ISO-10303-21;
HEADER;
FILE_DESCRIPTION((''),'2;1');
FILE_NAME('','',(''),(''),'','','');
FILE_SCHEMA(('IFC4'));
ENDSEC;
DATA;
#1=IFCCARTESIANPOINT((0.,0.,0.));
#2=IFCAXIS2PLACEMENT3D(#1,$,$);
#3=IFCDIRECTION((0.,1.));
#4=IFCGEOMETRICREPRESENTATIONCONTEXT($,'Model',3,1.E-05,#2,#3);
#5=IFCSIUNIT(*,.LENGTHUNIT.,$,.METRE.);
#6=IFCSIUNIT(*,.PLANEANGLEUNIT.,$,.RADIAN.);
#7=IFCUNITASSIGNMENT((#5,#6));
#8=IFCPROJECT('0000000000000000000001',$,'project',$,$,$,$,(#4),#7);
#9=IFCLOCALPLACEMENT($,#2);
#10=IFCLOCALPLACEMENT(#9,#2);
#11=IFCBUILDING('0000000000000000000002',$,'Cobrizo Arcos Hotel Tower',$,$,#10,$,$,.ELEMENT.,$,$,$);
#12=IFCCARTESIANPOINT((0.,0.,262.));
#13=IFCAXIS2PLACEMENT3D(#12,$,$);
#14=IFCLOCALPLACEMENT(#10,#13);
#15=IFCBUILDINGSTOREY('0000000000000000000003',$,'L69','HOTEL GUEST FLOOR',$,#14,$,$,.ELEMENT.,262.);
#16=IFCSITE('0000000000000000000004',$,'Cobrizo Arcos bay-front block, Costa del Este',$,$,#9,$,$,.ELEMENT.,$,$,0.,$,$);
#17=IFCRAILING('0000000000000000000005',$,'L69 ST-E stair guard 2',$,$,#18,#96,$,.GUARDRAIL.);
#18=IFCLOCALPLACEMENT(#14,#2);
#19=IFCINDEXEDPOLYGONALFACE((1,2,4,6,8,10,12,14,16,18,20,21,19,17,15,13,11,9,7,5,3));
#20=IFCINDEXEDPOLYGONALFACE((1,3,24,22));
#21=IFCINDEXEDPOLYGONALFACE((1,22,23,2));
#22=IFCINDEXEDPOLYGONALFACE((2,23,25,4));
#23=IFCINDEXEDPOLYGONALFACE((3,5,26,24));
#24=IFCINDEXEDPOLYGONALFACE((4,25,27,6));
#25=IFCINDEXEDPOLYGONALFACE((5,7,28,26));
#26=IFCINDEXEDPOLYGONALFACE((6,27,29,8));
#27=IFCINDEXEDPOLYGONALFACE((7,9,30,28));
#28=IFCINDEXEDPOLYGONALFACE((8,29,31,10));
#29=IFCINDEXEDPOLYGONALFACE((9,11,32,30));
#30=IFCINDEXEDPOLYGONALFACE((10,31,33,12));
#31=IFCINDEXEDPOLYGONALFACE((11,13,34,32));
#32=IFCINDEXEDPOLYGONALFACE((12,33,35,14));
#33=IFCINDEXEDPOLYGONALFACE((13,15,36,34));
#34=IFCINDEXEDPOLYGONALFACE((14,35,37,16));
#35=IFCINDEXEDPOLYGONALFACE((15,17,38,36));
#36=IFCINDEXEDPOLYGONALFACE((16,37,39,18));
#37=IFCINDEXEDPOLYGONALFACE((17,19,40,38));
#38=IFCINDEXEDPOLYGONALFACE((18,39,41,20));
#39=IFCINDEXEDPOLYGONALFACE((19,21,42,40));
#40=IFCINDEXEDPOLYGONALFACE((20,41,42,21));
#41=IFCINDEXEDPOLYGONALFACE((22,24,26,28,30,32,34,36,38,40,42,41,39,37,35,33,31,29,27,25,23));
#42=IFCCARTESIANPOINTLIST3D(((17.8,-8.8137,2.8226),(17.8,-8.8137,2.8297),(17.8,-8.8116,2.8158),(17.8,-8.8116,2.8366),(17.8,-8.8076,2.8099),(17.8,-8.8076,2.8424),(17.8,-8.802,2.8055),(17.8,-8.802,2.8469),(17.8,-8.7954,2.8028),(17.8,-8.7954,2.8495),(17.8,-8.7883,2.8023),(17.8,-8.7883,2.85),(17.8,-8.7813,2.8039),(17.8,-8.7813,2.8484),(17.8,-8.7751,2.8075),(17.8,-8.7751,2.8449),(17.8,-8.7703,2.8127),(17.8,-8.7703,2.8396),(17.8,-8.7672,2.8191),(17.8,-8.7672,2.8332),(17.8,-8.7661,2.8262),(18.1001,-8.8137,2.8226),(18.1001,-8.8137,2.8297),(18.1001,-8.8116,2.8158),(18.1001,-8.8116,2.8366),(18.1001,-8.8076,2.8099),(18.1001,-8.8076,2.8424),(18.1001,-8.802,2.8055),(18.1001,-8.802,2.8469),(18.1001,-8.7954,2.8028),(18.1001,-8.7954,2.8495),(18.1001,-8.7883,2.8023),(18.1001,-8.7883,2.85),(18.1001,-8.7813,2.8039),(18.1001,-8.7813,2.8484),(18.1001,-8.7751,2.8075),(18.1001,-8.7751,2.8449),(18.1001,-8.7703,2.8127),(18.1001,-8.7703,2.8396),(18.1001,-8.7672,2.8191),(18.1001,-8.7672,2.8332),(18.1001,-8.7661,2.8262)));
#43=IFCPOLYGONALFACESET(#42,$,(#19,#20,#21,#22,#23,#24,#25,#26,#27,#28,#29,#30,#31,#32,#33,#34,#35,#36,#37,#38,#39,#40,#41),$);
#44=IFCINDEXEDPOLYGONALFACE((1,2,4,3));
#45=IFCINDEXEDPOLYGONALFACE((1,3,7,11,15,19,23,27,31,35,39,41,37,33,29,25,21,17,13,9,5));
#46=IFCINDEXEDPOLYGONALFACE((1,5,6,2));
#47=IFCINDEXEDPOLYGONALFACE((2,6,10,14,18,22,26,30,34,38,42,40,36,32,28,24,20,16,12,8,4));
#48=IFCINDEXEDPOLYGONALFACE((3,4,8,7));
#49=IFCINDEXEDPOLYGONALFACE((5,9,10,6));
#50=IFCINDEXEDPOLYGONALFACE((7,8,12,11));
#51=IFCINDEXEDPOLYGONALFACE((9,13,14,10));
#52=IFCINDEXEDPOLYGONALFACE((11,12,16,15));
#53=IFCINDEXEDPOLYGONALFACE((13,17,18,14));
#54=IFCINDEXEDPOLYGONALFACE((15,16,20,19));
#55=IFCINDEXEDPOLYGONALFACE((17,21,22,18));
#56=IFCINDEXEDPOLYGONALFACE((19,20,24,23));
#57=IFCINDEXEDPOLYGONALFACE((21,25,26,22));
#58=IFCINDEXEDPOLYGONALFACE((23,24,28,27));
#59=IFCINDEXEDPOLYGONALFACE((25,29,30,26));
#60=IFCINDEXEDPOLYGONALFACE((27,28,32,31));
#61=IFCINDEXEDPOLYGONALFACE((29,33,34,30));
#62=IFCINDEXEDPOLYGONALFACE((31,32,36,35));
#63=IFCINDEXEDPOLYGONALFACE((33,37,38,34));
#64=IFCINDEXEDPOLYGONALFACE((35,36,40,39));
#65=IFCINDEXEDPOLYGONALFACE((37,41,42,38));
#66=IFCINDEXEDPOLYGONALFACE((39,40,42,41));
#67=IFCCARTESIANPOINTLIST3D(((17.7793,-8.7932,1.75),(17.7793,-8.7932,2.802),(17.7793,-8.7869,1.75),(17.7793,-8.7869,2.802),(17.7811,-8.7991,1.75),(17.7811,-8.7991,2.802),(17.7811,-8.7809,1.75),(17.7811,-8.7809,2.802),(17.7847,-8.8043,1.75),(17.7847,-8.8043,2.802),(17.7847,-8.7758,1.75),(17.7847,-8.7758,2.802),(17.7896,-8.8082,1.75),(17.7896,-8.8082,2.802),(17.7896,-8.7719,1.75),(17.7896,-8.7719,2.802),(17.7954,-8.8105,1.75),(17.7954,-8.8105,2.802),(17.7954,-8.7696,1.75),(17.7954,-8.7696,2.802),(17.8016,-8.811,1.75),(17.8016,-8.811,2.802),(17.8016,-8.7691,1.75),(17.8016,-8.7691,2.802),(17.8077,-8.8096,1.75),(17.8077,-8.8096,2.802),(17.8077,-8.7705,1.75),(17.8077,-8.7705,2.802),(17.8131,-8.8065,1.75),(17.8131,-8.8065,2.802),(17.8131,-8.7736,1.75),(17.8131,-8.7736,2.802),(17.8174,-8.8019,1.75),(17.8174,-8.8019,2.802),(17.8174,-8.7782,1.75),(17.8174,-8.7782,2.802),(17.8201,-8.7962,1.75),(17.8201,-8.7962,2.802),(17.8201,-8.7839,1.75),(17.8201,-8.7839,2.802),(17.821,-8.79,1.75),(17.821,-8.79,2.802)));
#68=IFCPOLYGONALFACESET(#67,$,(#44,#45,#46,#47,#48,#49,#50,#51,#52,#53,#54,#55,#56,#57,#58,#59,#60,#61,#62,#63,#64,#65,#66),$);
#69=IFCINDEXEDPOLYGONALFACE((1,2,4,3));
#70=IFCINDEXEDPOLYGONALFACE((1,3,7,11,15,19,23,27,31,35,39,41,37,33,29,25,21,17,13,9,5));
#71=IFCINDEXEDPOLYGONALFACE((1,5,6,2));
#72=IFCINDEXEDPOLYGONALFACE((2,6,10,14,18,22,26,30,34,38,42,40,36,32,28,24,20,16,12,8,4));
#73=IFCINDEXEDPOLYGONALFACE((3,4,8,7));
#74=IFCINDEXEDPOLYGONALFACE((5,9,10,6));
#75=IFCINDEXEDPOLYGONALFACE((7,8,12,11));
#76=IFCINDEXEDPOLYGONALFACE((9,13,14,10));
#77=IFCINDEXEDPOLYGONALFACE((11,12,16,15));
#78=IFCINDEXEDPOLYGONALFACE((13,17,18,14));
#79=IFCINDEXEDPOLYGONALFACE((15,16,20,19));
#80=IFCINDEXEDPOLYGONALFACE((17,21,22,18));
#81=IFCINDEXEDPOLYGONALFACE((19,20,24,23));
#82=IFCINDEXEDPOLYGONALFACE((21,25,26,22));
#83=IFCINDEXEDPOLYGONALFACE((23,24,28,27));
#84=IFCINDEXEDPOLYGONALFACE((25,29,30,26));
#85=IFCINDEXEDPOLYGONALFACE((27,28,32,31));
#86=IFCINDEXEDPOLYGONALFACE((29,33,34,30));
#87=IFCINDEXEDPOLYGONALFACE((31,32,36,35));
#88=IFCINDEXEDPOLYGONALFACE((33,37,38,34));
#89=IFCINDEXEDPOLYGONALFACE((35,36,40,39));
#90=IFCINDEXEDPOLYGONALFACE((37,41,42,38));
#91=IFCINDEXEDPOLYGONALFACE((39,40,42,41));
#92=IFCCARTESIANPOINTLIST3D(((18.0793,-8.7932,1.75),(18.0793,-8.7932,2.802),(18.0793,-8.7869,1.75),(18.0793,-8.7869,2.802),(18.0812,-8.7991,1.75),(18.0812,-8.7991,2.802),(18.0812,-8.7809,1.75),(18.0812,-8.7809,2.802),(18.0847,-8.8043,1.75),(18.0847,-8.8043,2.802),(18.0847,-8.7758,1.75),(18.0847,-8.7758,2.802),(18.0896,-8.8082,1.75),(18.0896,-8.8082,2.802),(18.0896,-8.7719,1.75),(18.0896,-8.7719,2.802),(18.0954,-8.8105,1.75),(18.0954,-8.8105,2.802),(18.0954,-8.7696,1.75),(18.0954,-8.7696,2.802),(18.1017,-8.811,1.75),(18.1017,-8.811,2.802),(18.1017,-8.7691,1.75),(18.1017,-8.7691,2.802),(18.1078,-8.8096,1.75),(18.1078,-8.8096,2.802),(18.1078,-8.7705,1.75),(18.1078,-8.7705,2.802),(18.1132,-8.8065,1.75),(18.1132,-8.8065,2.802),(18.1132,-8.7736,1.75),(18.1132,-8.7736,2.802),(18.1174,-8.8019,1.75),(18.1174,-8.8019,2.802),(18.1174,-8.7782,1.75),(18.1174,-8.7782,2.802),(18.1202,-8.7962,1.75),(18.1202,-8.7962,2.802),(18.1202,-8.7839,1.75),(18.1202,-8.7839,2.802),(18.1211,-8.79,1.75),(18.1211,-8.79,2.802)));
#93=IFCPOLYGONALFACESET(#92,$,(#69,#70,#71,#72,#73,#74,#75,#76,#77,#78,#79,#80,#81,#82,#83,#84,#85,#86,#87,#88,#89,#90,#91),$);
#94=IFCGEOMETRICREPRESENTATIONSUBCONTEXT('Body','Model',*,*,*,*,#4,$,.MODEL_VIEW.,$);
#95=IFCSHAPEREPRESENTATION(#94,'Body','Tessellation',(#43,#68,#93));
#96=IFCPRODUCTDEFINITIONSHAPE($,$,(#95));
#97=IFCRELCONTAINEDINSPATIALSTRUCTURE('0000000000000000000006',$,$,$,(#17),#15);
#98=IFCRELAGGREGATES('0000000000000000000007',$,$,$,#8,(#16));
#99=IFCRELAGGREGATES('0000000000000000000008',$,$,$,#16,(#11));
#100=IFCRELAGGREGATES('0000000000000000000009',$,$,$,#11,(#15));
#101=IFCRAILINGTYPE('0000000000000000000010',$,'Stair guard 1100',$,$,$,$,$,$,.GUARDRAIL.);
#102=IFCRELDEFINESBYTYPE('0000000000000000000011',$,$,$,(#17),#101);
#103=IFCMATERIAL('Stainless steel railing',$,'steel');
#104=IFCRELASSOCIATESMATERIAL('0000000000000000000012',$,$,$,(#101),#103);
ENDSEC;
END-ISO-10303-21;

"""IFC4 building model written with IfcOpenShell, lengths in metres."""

from ifc_helpers import new_model, si_unit, direction, frame, origin, origin_2d, place, context, subcontext, project, spatial, circle, extrude, material, type_object, element, save


model = new_model("IFC4")

# Units and contexts
model_context = context("Model", 3, precision=1e-05, world=origin(), true_north=direction((0.0, 1.0)))
body_context = subcontext(model_context, "Body", "Model", "MODEL_VIEW")
ifc_project = project(units=[si_unit("LENGTHUNIT", "METRE"), si_unit("PLANEANGLEUNIT", "RADIAN")], contexts=[model_context])

# Site, building, storey
site_placement = place(None, origin())
site = spatial("IfcSite", under=ifc_project, at=site_placement, Name="Cobrizo Arcos bay-front block, Costa del Este", CompositionType="ELEMENT", RefElevation=0.0)
building_placement = place(site_placement, origin())
building = spatial("IfcBuilding", under=site, at=building_placement, Name="Cobrizo Arcos Hotel Tower", CompositionType="ELEMENT")
storey_placement = place(building_placement, frame((0.0, 0.0, 262.0)))
storey = spatial("IfcBuildingStorey", under=building, at=storey_placement, Name="L69", Description="HOTEL GUEST FLOOR", CompositionType="ELEMENT", Elevation=262.0)

# Railing
ifc_material_1 = material(Name="Stainless steel railing", Category="steel")
railing_type_1 = type_object("IfcRailingType", Name="Stair guard 1100", PredefinedType="GUARDRAIL", material=ifc_material_1)
railing_1_placement = place(storey_placement, frame((17.8, -8.79, 1.75)))
element("IfcRailing", 1, at=railing_1_placement, inside=storey, type_object=railing_type_1, Name="L69 ST-E stair guard 2", PredefinedType="GUARDRAIL", context=body_context, shape_type="SweptSolid", body=[
    extrude(circle(Radius=0.0239, at=origin_2d()), frame((0.0, 0.0, 1.0762), z_axis=(1.0, 0.0, 0.0), x_axis=(0.0, 1.0, 0.0)), (0.0, 0.0, 1.0), 0.3),
    extrude(circle(Radius=0.021, at=origin_2d()), origin(), (0.0, 0.0, 1.0), 1.052),
    extrude(circle(Radius=0.021, at=origin_2d()), frame((0.3, 0.0, 0.0)), (0.0, 0.0, 1.0), 1.052),
])

save(model, "model.ifc")
